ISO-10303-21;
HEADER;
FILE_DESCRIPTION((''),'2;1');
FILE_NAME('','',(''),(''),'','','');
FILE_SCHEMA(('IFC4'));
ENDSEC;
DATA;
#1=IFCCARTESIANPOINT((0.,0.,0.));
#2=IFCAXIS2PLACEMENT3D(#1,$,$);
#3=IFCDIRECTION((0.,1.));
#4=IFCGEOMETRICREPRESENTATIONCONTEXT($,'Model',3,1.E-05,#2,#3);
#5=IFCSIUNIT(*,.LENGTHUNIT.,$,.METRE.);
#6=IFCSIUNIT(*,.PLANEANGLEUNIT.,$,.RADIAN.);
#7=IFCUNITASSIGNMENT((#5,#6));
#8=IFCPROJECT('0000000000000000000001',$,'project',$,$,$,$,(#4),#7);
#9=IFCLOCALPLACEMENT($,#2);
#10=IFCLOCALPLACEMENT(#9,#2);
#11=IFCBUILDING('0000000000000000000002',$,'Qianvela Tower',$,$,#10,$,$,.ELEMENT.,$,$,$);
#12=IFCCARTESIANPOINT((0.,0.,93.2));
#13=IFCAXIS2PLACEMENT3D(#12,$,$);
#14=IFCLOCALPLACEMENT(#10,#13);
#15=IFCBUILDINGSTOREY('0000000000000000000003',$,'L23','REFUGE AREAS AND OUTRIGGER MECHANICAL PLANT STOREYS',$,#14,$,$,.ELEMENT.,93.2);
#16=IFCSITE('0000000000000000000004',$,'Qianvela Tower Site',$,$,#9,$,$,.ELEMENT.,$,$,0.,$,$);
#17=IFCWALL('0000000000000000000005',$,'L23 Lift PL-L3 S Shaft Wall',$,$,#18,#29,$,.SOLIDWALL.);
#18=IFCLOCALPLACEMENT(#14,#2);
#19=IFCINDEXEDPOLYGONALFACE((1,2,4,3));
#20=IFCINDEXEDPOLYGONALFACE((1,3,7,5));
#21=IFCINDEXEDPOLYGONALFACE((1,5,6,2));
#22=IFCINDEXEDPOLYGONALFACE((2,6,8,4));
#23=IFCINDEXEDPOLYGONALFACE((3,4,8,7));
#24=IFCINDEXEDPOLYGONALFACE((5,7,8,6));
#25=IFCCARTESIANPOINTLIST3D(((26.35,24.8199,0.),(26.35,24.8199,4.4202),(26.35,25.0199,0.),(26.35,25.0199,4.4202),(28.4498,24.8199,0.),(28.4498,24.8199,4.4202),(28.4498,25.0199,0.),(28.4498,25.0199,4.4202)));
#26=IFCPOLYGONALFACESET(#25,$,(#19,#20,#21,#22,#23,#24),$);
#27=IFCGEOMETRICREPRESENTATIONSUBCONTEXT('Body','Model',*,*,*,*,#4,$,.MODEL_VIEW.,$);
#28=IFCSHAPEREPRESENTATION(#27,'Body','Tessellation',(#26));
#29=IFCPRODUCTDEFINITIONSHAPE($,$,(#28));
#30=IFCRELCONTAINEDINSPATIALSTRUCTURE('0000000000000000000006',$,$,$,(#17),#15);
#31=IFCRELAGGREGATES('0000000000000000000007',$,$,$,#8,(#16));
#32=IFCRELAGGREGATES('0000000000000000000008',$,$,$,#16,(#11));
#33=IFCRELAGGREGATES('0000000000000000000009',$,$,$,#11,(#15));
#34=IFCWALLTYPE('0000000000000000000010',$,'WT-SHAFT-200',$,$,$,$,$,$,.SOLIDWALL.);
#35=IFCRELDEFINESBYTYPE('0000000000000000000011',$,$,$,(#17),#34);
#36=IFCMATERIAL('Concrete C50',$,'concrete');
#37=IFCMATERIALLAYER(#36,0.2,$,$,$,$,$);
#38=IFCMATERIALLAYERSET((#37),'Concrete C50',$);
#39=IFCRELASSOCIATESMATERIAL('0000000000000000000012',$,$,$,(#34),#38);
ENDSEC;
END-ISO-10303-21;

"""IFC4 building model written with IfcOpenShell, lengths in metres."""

from ifc_helpers import new_model, si_unit, direction, frame, frame_2d, origin, place, context, subcontext, project, spatial, rectangle, extrude, material, layer, layer_set, type_object, element, save


model = new_model("IFC4")

# Units and contexts
model_context = context("Model", 3, precision=1e-05, world=origin(), true_north=direction((0.0, 1.0)))
body_context = subcontext(model_context, "Body", "Model", "MODEL_VIEW")
ifc_project = project(units=[si_unit("LENGTHUNIT", "METRE"), si_unit("PLANEANGLEUNIT", "RADIAN")], contexts=[model_context])

# Site, building, storey
site_placement = place(None, origin())
site = spatial("IfcSite", under=ifc_project, at=site_placement, Name="Qianvela Tower Site", CompositionType="ELEMENT", RefElevation=0.0)
building_placement = place(site_placement, origin())
building = spatial("IfcBuilding", under=site, at=building_placement, Name="Qianvela Tower", CompositionType="ELEMENT")
storey_placement = place(building_placement, frame((0.0, 0.0, 93.2)))
storey = spatial("IfcBuildingStorey", under=building, at=storey_placement, Name="L23", Description="REFUGE AREAS AND OUTRIGGER MECHANICAL PLANT STOREYS", CompositionType="ELEMENT", Elevation=93.2)

# Shared definitions
ifc_material_1 = material(Name="Concrete C50", Category="concrete")
ifc_layer_1 = layer(ifc_material_1, 0.2)
ifc_layer_set_1 = layer_set([ifc_layer_1], Name="Concrete C50")
wall_type_1 = type_object("IfcWallType", Name="WT-SHAFT-200", PredefinedType="SOLIDWALL", material=ifc_layer_set_1)

# Wall
wall_1_placement = place(storey_placement, frame((26.3501, 24.9199, 0.0), z_axis=(0.0, 0.0, 1.0), x_axis=(1.0, 0.0, 0.0)))
element("IfcWall", 1, at=wall_1_placement, inside=storey, type_object=wall_type_1, Name="L23 Lift PL-L3 S Shaft Wall", PredefinedType="SOLIDWALL", context=body_context, shape_type="SweptSolid", body=[
    extrude(rectangle(XDim=2.0999, YDim=0.2, at=frame_2d((1.0498, 0.0))), origin(), (0.0, 0.0, 1.0), 4.4202),
])

save(model, "model.ifc")
